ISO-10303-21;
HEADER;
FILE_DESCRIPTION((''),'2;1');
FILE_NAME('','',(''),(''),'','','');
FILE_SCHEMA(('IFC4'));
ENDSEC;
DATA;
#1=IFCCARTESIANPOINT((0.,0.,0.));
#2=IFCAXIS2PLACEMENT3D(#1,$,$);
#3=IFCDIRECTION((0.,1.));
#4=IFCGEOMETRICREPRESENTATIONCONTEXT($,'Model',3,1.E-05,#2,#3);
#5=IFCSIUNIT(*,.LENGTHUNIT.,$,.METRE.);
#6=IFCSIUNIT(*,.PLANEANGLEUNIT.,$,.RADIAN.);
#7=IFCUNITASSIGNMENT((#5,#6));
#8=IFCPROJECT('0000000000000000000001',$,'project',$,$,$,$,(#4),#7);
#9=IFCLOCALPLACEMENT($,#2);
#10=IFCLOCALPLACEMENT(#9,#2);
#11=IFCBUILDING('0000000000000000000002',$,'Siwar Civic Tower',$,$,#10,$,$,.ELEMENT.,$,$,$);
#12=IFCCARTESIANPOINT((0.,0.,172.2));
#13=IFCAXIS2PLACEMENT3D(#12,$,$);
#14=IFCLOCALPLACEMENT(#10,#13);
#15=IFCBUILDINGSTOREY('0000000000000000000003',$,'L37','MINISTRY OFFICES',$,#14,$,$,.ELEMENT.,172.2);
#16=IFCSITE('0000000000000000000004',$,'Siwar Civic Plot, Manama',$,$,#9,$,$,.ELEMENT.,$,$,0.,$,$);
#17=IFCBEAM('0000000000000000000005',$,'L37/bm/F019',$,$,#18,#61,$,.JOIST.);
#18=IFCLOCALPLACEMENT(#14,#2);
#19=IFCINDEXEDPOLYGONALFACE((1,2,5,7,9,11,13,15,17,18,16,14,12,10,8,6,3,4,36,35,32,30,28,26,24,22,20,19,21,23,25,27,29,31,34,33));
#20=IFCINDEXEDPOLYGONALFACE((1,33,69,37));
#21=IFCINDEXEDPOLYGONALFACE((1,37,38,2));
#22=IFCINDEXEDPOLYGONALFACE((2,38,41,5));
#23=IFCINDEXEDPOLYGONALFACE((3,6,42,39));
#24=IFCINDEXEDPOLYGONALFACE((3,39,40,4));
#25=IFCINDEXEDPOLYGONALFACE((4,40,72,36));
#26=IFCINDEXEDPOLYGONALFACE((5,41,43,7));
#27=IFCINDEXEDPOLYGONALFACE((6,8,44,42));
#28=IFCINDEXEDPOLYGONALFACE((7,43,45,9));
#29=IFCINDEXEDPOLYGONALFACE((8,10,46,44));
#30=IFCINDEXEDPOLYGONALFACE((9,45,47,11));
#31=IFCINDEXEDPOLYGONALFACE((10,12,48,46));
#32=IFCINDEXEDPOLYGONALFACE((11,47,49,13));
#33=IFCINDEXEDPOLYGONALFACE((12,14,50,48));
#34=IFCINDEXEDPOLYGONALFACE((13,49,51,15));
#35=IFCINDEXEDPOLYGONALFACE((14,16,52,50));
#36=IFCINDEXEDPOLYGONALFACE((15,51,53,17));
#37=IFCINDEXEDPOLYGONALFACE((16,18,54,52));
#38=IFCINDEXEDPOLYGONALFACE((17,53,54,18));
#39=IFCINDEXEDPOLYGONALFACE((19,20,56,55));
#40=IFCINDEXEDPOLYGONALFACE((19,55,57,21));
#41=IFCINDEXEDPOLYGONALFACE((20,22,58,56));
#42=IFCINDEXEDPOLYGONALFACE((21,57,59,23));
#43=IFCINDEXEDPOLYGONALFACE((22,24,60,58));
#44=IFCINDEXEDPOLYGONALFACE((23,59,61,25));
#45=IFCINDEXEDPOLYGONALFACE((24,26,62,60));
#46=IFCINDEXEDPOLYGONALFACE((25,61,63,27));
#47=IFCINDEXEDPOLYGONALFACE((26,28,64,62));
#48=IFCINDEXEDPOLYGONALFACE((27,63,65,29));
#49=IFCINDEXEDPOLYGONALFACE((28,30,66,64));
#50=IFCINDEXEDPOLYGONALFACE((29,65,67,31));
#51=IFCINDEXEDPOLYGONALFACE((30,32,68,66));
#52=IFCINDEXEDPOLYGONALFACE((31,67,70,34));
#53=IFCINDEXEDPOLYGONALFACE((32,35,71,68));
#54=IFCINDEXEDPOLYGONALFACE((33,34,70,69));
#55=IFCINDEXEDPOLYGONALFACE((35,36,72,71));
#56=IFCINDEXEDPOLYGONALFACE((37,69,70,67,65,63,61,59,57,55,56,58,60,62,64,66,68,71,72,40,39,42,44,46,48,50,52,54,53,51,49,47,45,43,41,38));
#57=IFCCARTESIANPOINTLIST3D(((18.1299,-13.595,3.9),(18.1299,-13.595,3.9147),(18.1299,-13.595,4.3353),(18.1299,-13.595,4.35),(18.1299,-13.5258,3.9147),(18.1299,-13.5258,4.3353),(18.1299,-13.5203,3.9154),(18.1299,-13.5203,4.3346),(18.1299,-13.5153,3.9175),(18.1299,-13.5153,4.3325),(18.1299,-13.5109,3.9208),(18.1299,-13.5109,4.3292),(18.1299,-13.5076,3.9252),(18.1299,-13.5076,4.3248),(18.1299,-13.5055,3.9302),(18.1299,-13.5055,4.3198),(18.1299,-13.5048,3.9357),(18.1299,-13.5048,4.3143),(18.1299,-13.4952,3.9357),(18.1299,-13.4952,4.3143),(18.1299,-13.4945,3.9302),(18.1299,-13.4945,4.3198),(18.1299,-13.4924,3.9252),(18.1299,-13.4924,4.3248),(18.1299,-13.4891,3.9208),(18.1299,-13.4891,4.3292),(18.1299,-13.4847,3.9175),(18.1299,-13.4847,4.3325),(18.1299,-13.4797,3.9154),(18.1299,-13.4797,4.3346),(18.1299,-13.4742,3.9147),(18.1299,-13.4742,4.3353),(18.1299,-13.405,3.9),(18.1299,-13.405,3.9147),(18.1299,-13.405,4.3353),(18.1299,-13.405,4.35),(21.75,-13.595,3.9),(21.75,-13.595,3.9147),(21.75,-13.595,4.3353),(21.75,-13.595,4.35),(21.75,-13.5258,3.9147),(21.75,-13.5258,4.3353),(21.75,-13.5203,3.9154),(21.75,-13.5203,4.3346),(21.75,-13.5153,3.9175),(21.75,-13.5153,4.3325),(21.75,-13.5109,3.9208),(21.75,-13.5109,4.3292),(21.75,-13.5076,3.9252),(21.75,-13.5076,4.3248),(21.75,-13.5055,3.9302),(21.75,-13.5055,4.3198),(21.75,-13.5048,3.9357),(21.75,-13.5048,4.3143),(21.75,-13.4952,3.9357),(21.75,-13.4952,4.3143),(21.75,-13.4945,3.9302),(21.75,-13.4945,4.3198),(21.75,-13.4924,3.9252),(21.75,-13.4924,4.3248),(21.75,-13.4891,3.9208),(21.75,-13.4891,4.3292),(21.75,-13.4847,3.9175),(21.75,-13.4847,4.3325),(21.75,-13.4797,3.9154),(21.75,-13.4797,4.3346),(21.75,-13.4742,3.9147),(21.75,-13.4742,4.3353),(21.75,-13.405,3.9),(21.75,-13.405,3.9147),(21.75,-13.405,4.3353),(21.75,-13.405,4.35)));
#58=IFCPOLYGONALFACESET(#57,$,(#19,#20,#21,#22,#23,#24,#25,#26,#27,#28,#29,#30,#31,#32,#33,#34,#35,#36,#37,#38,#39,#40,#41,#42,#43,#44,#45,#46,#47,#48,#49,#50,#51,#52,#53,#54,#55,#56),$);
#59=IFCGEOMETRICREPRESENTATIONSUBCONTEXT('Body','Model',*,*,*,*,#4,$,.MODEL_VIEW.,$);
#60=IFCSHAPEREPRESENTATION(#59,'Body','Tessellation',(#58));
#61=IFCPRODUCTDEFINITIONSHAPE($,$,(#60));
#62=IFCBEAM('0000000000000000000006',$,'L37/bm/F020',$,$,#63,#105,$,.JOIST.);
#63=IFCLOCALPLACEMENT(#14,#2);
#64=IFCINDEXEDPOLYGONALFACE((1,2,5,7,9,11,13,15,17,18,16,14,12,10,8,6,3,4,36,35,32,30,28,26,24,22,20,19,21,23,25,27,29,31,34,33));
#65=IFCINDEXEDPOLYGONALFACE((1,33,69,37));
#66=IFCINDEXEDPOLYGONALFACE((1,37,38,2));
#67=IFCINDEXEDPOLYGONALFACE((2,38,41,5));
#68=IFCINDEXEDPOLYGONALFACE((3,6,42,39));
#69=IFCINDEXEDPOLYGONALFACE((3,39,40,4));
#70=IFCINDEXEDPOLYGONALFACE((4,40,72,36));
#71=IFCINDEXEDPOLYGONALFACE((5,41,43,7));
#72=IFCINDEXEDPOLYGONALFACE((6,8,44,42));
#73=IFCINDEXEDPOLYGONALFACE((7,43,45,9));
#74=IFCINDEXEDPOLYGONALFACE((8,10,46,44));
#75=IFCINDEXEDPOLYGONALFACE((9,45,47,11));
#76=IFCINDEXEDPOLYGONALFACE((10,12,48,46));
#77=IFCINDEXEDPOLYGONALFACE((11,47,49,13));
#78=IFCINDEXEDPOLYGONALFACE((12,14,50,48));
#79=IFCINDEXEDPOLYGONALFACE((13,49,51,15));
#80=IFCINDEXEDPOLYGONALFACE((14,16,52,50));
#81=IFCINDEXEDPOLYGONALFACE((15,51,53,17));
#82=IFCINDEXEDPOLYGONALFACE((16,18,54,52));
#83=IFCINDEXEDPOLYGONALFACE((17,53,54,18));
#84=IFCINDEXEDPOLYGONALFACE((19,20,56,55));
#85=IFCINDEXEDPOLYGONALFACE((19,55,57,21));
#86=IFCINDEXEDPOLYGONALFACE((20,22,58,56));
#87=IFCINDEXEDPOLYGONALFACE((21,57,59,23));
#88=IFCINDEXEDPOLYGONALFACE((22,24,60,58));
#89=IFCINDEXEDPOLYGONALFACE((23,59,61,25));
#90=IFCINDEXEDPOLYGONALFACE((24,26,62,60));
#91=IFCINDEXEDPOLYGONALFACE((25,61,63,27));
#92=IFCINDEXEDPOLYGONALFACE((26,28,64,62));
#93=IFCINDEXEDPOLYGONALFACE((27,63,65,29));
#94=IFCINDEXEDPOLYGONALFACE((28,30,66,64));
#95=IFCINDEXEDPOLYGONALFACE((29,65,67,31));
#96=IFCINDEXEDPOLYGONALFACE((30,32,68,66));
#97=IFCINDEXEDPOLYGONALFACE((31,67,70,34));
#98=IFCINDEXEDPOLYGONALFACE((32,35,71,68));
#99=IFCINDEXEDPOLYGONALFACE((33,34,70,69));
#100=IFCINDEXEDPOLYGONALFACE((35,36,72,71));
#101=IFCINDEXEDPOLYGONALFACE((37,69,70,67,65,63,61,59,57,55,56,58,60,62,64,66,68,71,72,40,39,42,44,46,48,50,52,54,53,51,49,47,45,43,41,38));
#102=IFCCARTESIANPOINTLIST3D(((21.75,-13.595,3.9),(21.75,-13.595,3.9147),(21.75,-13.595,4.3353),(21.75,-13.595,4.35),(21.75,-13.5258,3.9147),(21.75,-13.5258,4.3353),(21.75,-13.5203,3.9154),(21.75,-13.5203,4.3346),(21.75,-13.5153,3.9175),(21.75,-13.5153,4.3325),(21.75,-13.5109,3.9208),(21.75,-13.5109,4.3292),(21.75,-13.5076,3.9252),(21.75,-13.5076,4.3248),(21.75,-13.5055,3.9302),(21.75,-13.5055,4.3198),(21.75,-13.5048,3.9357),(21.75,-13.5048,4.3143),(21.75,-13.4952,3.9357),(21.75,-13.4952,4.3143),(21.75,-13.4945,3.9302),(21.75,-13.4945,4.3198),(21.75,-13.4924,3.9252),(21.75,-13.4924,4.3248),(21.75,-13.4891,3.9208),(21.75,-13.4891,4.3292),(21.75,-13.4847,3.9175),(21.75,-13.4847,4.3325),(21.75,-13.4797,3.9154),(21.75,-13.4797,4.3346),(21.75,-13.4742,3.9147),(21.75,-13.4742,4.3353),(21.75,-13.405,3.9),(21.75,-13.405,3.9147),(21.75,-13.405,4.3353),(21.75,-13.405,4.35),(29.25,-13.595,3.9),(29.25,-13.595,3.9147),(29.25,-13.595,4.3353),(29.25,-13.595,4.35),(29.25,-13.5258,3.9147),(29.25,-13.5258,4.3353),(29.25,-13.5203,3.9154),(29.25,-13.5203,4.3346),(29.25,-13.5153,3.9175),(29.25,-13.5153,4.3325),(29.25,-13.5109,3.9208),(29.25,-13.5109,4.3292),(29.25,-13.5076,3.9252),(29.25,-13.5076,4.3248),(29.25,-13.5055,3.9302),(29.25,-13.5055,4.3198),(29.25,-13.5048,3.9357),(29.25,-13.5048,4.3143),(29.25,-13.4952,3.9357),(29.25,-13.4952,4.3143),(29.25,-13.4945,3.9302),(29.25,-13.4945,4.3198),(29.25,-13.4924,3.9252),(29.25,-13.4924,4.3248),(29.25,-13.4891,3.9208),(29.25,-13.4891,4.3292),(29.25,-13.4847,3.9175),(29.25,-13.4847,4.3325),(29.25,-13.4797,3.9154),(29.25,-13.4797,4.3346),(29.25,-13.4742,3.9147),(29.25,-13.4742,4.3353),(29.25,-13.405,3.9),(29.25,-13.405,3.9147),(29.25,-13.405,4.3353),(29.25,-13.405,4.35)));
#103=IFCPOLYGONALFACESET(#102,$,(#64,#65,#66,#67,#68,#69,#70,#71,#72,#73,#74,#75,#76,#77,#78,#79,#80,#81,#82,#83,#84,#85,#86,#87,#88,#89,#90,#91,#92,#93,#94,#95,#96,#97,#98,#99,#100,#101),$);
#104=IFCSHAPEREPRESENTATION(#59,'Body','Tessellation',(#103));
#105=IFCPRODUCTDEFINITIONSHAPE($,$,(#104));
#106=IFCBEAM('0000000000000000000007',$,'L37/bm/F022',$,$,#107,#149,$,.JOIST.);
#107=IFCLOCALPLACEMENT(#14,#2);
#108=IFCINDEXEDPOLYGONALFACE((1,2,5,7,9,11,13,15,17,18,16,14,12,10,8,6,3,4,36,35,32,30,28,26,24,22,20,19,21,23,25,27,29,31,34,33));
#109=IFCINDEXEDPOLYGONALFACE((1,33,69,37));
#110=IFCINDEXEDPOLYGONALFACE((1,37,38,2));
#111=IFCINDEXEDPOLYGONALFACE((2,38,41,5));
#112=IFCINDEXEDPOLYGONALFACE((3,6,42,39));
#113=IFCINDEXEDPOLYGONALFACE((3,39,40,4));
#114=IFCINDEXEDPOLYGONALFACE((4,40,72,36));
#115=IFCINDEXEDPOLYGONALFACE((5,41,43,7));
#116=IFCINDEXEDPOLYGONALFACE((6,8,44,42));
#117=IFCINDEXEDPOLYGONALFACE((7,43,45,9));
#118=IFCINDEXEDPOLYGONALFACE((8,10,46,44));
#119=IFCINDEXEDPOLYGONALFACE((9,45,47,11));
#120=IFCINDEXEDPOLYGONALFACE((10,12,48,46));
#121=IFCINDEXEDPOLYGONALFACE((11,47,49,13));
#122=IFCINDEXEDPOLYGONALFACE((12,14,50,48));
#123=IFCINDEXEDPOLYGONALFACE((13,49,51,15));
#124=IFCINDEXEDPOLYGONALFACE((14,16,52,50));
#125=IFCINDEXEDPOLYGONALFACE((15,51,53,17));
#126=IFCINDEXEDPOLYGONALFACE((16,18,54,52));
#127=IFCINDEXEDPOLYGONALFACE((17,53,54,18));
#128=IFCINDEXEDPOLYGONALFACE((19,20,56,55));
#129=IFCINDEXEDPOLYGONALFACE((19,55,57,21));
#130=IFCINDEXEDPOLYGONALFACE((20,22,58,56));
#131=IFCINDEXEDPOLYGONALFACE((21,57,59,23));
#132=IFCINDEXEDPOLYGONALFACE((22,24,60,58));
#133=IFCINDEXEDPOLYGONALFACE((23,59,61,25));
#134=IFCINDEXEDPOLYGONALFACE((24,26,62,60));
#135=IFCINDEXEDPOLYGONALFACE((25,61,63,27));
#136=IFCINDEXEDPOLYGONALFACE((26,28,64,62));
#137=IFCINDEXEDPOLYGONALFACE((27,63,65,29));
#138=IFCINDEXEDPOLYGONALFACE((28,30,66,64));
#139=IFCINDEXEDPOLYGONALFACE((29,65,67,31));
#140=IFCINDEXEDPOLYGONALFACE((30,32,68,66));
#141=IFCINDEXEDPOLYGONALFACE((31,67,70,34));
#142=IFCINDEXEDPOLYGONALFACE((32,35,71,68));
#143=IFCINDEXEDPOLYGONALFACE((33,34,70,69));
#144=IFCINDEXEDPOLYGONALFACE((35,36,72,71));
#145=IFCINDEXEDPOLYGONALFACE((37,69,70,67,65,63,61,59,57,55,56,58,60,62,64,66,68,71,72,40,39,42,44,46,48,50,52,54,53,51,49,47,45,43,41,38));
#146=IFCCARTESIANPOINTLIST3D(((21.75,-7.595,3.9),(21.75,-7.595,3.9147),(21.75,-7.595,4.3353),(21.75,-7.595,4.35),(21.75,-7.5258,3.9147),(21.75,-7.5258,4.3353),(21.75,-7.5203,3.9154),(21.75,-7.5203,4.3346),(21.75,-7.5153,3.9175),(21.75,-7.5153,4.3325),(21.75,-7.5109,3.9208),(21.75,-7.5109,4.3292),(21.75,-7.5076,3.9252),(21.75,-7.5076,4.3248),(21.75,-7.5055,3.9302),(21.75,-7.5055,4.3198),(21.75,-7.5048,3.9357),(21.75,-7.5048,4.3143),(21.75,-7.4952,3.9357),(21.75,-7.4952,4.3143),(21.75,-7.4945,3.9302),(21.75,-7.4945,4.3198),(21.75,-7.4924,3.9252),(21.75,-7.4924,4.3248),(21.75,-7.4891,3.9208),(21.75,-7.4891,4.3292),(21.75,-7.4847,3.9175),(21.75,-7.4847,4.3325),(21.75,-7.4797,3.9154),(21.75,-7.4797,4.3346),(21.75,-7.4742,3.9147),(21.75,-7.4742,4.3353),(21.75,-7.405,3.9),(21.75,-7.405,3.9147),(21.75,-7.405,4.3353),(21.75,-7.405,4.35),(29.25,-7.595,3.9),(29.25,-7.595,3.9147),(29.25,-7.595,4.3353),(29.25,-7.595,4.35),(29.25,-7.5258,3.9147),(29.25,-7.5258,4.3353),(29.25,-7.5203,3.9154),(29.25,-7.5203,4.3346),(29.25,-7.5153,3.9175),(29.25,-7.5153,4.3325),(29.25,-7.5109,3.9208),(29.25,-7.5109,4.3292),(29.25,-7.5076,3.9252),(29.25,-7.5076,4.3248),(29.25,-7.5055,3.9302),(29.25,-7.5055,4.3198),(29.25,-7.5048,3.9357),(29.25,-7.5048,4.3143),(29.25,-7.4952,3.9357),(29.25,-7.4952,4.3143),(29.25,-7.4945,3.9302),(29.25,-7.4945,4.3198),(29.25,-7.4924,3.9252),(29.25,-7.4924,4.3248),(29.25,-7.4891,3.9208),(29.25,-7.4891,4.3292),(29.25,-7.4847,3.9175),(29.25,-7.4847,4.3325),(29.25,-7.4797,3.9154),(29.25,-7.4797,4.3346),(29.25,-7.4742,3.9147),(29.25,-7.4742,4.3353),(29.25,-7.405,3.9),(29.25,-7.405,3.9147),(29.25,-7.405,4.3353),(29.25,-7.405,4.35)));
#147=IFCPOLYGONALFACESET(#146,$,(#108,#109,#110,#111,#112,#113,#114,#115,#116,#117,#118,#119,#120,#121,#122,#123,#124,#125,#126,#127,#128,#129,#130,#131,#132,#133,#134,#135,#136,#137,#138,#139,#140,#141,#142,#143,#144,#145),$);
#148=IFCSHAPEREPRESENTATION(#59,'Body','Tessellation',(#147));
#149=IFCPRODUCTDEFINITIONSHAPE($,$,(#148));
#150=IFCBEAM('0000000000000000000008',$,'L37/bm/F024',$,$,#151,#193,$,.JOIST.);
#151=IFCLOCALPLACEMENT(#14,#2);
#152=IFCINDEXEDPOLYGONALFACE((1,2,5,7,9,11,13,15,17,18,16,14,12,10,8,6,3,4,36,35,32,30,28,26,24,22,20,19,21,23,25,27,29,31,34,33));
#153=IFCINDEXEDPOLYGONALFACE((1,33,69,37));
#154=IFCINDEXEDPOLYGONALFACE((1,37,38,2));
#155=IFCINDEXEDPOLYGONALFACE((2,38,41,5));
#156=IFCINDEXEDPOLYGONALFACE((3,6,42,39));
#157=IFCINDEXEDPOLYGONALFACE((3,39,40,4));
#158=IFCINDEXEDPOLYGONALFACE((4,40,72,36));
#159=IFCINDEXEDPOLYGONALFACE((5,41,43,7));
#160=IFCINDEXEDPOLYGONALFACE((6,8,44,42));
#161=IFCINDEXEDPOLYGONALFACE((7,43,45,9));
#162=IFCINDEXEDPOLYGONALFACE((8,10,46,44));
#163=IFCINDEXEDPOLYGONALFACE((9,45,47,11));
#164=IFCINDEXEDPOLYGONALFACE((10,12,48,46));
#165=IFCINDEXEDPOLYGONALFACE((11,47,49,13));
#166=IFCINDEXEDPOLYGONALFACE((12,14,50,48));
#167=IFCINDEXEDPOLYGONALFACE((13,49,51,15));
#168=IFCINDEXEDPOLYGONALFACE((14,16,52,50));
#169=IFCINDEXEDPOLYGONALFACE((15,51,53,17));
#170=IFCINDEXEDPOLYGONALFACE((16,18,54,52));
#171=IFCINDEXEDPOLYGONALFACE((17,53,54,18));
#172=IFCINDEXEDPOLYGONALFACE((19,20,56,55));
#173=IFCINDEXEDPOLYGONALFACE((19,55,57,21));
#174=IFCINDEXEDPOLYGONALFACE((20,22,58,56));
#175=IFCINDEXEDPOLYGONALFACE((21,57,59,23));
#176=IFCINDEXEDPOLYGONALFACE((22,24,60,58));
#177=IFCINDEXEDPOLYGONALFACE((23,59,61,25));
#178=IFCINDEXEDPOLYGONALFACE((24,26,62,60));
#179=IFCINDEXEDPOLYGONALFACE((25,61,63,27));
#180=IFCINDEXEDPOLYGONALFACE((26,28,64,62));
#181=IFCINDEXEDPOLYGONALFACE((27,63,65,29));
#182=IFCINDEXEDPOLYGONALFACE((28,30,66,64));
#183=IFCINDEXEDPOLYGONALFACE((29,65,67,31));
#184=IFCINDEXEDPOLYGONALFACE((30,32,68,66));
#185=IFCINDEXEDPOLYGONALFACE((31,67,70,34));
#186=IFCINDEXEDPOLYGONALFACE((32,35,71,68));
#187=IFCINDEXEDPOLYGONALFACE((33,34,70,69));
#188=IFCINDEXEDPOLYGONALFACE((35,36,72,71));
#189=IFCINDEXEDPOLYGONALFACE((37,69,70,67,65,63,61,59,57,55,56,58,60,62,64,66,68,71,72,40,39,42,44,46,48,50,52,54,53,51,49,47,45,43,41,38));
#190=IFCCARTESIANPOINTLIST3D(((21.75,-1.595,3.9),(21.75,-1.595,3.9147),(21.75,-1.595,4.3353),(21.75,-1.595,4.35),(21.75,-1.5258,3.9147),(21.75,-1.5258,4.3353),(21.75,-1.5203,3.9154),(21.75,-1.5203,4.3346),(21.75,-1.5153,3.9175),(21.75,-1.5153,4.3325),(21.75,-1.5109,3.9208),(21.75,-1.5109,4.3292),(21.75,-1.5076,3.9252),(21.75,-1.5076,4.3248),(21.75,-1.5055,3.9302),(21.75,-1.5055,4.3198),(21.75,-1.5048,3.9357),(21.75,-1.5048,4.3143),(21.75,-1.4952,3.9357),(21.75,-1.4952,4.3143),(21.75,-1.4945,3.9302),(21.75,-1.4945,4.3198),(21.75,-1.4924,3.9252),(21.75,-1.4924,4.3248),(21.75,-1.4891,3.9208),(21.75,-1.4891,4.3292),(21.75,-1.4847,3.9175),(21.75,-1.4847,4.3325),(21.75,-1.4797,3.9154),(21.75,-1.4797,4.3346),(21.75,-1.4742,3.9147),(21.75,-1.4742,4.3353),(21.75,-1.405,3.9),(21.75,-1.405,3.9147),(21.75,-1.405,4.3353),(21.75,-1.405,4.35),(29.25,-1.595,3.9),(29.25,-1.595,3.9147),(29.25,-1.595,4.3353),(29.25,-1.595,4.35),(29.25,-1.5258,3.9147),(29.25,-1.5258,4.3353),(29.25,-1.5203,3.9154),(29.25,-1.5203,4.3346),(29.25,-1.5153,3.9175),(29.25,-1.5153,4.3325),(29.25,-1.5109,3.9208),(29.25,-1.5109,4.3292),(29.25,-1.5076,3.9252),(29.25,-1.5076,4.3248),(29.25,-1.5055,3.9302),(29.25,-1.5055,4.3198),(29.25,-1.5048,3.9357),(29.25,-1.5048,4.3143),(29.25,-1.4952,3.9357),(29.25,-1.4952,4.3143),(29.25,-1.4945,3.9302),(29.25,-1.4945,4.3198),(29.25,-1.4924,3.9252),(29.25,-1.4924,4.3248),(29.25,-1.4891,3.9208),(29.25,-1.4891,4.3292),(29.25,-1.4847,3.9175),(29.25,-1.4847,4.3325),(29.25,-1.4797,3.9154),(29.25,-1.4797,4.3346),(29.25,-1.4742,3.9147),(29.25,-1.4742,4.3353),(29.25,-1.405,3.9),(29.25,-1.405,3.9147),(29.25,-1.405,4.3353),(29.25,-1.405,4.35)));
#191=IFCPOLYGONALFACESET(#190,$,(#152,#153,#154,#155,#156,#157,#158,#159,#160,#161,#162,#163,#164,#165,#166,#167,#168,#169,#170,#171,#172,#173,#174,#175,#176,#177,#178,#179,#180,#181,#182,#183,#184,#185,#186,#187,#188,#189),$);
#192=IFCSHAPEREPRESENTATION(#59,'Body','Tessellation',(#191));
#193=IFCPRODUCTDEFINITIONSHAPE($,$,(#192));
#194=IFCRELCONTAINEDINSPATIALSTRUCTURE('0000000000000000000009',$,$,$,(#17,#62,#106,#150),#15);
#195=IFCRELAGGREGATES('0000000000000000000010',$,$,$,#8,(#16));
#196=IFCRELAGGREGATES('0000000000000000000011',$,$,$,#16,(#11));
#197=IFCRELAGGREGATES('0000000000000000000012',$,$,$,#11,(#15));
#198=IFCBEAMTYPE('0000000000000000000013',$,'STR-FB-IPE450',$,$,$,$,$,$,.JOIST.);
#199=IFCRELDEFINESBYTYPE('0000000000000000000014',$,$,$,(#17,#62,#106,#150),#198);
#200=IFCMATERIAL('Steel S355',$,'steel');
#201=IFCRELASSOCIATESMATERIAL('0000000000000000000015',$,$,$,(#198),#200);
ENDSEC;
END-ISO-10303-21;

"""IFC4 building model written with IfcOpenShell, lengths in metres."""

from ifc_helpers import new_model, si_unit, direction, frame, origin, origin_2d, place, context, subcontext, project, spatial, i_section, extrude, material, material_profile, profile_set, type_object, element, save


model = new_model("IFC4")

# Units and contexts
model_context = context("Model", 3, precision=1e-05, world=origin(), true_north=direction((0.0, 1.0)))
body_context = subcontext(model_context, "Body", "Model", "MODEL_VIEW")
ifc_project = project(units=[si_unit("LENGTHUNIT", "METRE"), si_unit("PLANEANGLEUNIT", "RADIAN")], contexts=[model_context])

# Site, building, storey
site_placement = place(None, origin())
site = spatial("IfcSite", under=ifc_project, at=site_placement, Name="Siwar Civic Plot, Manama", CompositionType="ELEMENT", RefElevation=0.0)
building_placement = place(site_placement, origin())
building = spatial("IfcBuilding", under=site, at=building_placement, Name="Siwar Civic Tower", CompositionType="ELEMENT")
storey_placement = place(building_placement, frame((0.0, 0.0, 172.2)))
storey = spatial("IfcBuildingStorey", under=building, at=storey_placement, Name="L37", Description="MINISTRY OFFICES", CompositionType="ELEMENT", Elevation=172.2)

# Beams
ifc_material_1 = material(Name="Steel S355", Category="steel")
ifc_material_profile_1 = material_profile(ifc_material_1, i_section(OverallWidth=0.1899, OverallDepth=0.45, WebThickness=0.0095, FlangeThickness=0.0146, FilletRadius=0.021, at=origin_2d()), Name="IPE450")
ifc_profile_set_1 = profile_set([ifc_material_profile_1], Name="Steel S355")
beam_type_1 = type_object("IfcBeamType", Name="STR-FB-IPE450", PredefinedType="JOIST", material=ifc_profile_set_1)
beam_placement = place(storey_placement, frame((18.1299, -13.5, 4.125), z_axis=(1.0, 0.0, 0.0), x_axis=(0.0, 1.0, 0.0)))
element("IfcBeam", 1, at=beam_placement, inside=storey, type_object=beam_type_1, Name="L37/bm/F019", PredefinedType="JOIST", context=body_context, shape_type="SweptSolid", body=[
    extrude(i_section(OverallWidth=0.1899, OverallDepth=0.45, WebThickness=0.0095, FlangeThickness=0.0146, FilletRadius=0.021, at=origin_2d()), origin(), (0.0, 0.0, 1.0), 3.6201),
])
for number, where, z_axis, x_axis, name in (
    (2, (21.75, -13.5, 4.125), (1.0, 0.0, 0.0), (0.0, 1.0, 0.0), "L37/bm/F020"),
    (3, (21.75, -7.5, 4.125), (1.0, 0.0, 0.0), (0.0, 1.0, 0.0), "L37/bm/F022"),
    (4, (21.75, -1.5, 4.125), (1.0, 0.0, 0.0), (0.0, 1.0, 0.0), "L37/bm/F024"),
):
    element("IfcBeam", number, at=place(storey_placement, frame(where, z_axis=z_axis, x_axis=x_axis)), inside=storey, type_object=beam_type_1, Name=name, PredefinedType="JOIST", context=body_context, shape_type="SweptSolid", body=[
        extrude(i_section(OverallWidth=0.1899, OverallDepth=0.45, WebThickness=0.0095, FlangeThickness=0.0146, FilletRadius=0.021, at=origin_2d()), origin(), (0.0, 0.0, 1.0), 7.5),
    ])

save(model, "model.ifc")
